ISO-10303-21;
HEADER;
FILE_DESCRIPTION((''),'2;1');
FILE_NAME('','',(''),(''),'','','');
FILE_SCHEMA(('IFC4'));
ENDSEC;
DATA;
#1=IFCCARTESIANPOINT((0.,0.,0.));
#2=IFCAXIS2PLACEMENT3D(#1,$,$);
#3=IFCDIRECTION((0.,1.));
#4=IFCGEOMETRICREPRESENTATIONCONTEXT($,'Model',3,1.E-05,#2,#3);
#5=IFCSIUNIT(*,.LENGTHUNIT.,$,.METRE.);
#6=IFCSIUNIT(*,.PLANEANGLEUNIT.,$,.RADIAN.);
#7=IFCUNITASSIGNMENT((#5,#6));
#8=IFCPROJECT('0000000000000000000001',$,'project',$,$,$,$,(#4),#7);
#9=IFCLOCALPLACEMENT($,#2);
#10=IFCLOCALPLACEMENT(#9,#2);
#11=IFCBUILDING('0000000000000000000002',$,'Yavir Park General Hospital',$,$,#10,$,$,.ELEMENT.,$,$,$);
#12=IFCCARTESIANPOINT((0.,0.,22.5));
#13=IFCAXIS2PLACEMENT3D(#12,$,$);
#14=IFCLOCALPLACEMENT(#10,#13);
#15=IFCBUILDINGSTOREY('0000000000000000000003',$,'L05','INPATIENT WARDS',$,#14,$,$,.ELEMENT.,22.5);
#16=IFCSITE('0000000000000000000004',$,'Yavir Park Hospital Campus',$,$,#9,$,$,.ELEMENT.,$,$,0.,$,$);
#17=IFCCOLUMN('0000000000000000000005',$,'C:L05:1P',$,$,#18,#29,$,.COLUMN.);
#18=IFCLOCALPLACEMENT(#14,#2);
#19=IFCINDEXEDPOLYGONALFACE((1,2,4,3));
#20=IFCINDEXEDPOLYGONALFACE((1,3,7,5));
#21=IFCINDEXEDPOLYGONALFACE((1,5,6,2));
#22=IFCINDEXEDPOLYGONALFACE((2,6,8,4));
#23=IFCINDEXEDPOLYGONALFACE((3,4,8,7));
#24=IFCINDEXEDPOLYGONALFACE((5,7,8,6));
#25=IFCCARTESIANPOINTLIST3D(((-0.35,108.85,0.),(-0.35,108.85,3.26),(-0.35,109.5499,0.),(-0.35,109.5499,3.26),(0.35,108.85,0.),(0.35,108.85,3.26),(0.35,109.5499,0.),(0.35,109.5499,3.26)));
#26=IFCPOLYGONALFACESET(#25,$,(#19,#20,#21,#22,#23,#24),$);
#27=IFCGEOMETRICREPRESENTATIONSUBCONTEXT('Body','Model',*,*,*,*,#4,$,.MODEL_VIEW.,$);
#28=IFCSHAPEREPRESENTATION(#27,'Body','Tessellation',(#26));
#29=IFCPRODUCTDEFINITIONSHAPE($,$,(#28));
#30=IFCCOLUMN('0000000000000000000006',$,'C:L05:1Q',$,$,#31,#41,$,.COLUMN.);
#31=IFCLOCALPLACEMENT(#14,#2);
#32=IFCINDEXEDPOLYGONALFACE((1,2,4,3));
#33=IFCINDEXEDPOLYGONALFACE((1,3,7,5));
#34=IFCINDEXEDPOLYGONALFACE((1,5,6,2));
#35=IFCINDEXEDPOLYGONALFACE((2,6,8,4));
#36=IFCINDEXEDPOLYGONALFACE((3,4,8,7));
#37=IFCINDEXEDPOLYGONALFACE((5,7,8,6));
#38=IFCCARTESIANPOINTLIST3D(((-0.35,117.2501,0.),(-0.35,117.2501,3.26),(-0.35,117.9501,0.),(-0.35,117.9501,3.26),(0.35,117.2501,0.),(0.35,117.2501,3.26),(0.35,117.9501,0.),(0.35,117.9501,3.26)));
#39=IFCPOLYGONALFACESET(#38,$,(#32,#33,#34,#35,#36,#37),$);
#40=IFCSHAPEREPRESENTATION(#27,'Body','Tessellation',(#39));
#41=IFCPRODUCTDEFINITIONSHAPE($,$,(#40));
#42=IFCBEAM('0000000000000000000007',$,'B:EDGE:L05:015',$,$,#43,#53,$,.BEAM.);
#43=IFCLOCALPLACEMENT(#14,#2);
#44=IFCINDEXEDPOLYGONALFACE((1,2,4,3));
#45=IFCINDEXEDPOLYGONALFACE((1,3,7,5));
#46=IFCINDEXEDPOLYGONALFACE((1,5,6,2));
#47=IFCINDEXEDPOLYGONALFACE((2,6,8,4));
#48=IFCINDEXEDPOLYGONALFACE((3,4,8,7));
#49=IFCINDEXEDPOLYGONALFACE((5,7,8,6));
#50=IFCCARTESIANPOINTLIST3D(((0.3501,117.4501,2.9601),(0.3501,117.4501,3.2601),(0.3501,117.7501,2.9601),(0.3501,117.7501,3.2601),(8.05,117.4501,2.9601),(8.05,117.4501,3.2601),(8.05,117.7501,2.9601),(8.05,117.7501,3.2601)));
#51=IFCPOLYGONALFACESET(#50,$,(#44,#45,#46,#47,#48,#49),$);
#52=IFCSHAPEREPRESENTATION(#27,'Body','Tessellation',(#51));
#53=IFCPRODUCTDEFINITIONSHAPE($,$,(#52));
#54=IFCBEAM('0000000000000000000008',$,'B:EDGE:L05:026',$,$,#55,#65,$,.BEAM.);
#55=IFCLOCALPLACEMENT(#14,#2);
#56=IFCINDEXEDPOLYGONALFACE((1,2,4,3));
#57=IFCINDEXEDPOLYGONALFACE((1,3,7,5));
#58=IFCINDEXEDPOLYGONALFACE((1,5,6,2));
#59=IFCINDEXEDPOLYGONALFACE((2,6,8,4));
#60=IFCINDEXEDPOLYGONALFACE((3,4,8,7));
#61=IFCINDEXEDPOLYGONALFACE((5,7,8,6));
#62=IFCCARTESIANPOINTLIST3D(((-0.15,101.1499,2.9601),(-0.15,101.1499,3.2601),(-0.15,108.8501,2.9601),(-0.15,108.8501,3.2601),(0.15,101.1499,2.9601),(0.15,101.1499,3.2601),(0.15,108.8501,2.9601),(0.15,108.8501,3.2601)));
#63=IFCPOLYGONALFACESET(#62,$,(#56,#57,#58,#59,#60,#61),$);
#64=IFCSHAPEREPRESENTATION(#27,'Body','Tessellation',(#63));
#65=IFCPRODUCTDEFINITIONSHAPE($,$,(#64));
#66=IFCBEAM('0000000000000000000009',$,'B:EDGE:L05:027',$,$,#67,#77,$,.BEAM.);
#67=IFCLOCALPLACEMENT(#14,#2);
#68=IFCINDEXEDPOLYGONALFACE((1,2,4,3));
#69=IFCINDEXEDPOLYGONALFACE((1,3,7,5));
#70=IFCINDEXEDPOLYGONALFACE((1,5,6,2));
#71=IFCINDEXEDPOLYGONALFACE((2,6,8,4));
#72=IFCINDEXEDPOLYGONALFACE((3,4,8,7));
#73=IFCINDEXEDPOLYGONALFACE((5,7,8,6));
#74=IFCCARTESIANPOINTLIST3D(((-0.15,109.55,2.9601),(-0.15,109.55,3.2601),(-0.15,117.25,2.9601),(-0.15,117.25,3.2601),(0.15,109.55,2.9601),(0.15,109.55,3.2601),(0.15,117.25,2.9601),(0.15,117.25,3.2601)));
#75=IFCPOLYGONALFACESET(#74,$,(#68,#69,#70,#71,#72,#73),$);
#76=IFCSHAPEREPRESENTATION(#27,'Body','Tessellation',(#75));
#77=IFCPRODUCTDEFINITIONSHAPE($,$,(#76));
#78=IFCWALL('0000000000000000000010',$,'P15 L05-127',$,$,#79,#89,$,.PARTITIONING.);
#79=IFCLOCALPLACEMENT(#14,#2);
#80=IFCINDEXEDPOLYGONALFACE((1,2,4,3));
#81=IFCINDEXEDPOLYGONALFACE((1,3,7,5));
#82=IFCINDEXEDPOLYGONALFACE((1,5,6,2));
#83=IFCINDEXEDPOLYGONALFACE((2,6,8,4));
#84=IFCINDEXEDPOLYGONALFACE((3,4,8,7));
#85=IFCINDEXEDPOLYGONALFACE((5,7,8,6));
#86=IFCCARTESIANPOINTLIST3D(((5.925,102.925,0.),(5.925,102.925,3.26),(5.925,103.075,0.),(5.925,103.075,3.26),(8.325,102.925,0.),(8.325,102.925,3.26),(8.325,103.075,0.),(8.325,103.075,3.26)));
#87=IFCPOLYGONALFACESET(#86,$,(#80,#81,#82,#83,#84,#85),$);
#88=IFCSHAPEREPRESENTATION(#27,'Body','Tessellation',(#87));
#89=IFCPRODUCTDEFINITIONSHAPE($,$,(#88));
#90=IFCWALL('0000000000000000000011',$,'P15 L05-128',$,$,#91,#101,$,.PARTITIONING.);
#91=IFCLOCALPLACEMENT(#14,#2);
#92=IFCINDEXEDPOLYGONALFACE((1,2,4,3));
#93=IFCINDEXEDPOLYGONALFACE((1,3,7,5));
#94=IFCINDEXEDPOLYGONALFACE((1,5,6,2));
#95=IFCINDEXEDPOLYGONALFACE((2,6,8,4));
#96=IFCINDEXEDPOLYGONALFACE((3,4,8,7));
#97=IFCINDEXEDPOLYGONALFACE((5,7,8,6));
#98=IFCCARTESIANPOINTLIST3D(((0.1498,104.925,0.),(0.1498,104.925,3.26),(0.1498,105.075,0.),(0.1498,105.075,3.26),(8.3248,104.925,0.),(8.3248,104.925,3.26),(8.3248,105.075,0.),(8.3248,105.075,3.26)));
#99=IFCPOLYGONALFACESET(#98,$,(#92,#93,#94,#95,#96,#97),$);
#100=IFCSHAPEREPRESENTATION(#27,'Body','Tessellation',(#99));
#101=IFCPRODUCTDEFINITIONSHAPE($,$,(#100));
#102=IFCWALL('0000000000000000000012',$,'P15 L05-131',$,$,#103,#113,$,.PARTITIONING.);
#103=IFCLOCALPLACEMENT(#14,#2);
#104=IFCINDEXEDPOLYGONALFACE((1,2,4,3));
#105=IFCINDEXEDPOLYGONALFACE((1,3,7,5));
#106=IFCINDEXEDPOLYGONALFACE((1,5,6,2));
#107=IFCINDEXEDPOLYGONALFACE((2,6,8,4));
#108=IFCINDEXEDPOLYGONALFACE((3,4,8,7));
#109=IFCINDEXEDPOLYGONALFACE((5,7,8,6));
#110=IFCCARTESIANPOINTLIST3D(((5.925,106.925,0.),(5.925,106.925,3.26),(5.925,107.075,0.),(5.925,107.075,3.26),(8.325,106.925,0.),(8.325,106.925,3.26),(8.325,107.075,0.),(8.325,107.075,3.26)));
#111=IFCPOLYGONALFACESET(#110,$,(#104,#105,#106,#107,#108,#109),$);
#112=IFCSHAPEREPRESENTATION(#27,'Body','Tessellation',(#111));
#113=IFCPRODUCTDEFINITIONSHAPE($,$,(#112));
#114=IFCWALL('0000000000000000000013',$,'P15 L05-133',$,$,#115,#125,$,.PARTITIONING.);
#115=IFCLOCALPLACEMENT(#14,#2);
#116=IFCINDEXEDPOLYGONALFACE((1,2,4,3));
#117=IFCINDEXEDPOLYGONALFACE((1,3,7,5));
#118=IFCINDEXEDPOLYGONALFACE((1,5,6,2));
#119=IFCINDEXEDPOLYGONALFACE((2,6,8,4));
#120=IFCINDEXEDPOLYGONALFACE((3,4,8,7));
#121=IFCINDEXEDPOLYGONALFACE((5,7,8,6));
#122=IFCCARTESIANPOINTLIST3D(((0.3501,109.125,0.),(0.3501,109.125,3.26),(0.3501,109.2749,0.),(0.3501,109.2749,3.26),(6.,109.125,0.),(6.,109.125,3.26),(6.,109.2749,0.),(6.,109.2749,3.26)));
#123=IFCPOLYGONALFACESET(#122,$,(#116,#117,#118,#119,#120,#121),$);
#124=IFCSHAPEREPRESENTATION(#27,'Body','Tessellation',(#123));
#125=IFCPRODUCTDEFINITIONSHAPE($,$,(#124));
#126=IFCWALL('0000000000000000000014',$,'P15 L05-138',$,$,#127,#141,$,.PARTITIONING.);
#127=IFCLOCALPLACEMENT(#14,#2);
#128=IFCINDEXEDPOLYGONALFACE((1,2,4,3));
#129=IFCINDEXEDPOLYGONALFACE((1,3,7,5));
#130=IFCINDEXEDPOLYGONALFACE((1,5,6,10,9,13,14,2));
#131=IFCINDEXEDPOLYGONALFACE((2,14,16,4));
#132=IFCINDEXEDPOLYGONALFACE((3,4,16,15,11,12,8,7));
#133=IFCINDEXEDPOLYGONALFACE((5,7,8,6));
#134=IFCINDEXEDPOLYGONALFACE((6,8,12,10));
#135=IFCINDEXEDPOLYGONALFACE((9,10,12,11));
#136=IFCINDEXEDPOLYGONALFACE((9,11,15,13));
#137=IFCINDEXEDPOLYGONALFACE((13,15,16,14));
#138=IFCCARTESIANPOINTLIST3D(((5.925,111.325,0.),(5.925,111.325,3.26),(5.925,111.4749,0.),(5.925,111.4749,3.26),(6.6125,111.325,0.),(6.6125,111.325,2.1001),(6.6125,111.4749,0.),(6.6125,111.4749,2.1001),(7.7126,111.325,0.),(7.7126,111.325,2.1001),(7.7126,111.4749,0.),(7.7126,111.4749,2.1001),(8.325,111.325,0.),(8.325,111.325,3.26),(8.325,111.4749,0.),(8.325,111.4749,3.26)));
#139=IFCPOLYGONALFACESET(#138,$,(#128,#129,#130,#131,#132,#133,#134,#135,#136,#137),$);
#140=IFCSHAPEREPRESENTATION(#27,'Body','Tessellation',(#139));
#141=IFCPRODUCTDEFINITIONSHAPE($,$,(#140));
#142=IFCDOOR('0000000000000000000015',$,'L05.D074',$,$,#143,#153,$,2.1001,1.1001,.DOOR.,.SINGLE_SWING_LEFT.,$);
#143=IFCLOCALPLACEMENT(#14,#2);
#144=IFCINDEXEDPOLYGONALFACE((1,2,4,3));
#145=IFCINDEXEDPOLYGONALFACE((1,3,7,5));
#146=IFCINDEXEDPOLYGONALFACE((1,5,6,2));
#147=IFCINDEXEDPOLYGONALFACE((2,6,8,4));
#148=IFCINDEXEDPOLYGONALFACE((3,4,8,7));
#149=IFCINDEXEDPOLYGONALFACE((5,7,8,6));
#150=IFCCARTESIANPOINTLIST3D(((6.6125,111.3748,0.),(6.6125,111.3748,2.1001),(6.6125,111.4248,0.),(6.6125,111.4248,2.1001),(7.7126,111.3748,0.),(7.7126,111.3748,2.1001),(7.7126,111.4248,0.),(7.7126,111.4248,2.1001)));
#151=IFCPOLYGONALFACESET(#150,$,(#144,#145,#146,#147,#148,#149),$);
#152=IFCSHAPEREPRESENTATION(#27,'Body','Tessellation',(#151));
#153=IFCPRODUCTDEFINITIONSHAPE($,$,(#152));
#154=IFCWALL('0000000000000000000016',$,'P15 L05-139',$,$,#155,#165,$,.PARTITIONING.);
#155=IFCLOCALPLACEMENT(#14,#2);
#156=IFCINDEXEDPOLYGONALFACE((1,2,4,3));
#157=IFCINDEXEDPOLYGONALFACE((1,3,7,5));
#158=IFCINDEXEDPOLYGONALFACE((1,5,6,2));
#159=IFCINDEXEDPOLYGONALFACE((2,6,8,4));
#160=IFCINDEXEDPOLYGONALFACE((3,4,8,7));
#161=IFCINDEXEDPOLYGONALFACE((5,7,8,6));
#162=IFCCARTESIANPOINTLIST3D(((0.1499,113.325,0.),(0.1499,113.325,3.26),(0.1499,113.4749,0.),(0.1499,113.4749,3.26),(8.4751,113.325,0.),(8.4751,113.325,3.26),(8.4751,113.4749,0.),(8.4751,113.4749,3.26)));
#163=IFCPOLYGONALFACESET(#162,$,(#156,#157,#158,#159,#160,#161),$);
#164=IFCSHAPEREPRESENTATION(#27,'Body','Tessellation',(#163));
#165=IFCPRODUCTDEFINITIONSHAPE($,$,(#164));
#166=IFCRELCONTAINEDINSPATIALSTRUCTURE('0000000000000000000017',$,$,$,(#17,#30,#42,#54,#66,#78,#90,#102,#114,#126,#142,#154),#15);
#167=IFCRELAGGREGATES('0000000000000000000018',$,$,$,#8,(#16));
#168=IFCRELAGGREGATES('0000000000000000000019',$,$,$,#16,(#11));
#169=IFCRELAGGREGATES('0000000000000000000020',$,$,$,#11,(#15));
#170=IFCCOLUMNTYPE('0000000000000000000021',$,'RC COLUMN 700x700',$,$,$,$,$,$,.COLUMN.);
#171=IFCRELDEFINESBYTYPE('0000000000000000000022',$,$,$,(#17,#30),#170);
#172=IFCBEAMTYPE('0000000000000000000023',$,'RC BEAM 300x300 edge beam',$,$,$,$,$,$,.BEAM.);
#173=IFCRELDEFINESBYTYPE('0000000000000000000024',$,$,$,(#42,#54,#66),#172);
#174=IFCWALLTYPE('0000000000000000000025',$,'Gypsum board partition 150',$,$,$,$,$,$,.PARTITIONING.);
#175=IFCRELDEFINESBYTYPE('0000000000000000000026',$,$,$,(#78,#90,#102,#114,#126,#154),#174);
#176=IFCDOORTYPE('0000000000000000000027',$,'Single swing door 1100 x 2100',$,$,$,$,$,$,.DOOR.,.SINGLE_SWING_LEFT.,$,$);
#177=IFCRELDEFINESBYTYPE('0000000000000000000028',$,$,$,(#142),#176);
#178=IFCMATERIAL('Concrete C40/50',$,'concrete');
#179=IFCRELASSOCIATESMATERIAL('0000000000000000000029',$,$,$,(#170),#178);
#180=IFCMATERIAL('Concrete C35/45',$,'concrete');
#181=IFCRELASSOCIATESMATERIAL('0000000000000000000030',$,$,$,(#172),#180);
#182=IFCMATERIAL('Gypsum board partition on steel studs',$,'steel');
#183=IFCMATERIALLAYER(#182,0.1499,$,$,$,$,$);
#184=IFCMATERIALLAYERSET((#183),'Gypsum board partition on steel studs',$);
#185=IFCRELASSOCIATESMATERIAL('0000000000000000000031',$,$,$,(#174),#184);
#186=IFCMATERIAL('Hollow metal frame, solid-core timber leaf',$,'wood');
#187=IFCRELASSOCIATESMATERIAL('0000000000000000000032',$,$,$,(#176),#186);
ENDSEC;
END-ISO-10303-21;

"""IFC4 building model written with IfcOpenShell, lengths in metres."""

from ifc_helpers import new_model, si_unit, direction, frame, frame_2d, origin, origin_2d, place, context, subcontext, project, spatial, rectangle, extrude, material, layer, layer_set, material_profile, profile_set, type_object, element, fill, save


model = new_model("IFC4")

# Units and contexts
model_context = context("Model", 3, precision=1e-05, world=origin(), true_north=direction((0.0, 1.0)))
body_context = subcontext(model_context, "Body", "Model", "MODEL_VIEW")
ifc_project = project(units=[si_unit("LENGTHUNIT", "METRE"), si_unit("PLANEANGLEUNIT", "RADIAN")], contexts=[model_context])

# Site, building, storey
site_placement = place(None, origin())
site = spatial("IfcSite", under=ifc_project, at=site_placement, Name="Yavir Park Hospital Campus", CompositionType="ELEMENT", RefElevation=0.0)
building_placement = place(site_placement, origin())
building = spatial("IfcBuilding", under=site, at=building_placement, Name="Yavir Park General Hospital", CompositionType="ELEMENT")
storey_placement = place(building_placement, frame((0.0, 0.0, 22.5)))
storey = spatial("IfcBuildingStorey", under=building, at=storey_placement, Name="L05", Description="INPATIENT WARDS", CompositionType="ELEMENT", Elevation=22.5)

# Columns
ifc_material_1 = material(Name="Concrete C40/50", Category="concrete")
ifc_material_profile_1 = material_profile(ifc_material_1, rectangle(XDim=0.7, YDim=0.7, at=origin_2d()), Name="RC700x700")
ifc_profile_set_1 = profile_set([ifc_material_profile_1], Name="Concrete C40/50")
column_type = type_object("IfcColumnType", Name="RC COLUMN 700x700", PredefinedType="COLUMN", material=ifc_profile_set_1)
for number, where, z_axis, x_axis, name in (
    (1, (0.0, 109.2, 0.0), (0.0, 0.0, 1.0), (1.0, 0.0, 0.0), "C:L05:1P"),
    (2, (0.0, 117.6001, 0.0), (0.0, 0.0, 1.0), (1.0, 0.0, 0.0), "C:L05:1Q"),
):
    element("IfcColumn", number, at=place(storey_placement, frame(where, z_axis=z_axis, x_axis=x_axis)), inside=storey, type_object=column_type, Name=name, PredefinedType="COLUMN", context=body_context, shape_type="SweptSolid", body=[
        extrude(rectangle(XDim=0.7, YDim=0.7, at=origin_2d()), origin(), (0.0, 0.0, 1.0), 3.26),
    ])

# Beams
ifc_material_2 = material(Name="Concrete C35/45", Category="concrete")
ifc_material_profile_2 = material_profile(ifc_material_2, rectangle(XDim=0.3, YDim=0.3, at=origin_2d()), Name="RC300x300")
ifc_profile_set_2 = profile_set([ifc_material_profile_2], Name="Concrete C35/45")
beam_type = type_object("IfcBeamType", Name="RC BEAM 300x300 edge beam", PredefinedType="BEAM", material=ifc_profile_set_2)
beam_1_placement = place(storey_placement, frame((0.3501, 117.6001, 3.1101), z_axis=(1.0, 0.0, 0.0), x_axis=(0.0, 1.0, 0.0)))
element("IfcBeam", 3, at=beam_1_placement, inside=storey, type_object=beam_type, Name="B:EDGE:L05:015", PredefinedType="BEAM", context=body_context, shape_type="SweptSolid", body=[
    extrude(rectangle(XDim=0.3, YDim=0.3, at=origin_2d()), origin(), (0.0, 0.0, 1.0), 7.7),
])
beam_2_placement = place(storey_placement, frame((0.0, 101.1499, 3.1101), z_axis=(0.0, 1.0, 0.0), x_axis=(-1.0, 0.0, 0.0)))
element("IfcBeam", 4, at=beam_2_placement, inside=storey, type_object=beam_type, Name="B:EDGE:L05:026", PredefinedType="BEAM", context=body_context, shape_type="SweptSolid", body=[
    extrude(rectangle(XDim=0.3, YDim=0.3, at=origin_2d()), origin(), (0.0, 0.0, 1.0), 7.7002),
])
beam_3_placement = place(storey_placement, frame((0.0, 109.55, 3.1101), z_axis=(0.0, 1.0, 0.0), x_axis=(-1.0, 0.0, 0.0)))
element("IfcBeam", 5, at=beam_3_placement, inside=storey, type_object=beam_type, Name="B:EDGE:L05:027", PredefinedType="BEAM", context=body_context, shape_type="SweptSolid", body=[
    extrude(rectangle(XDim=0.3, YDim=0.3, at=origin_2d()), origin(), (0.0, 0.0, 1.0), 7.7),
])

# Walls
ifc_material_3 = material(Name="Gypsum board partition on steel studs", Category="steel")
ifc_layer_1 = layer(ifc_material_3, 0.1499)
ifc_layer_set_1 = layer_set([ifc_layer_1], Name="Gypsum board partition on steel studs")
wall_type_1 = type_object("IfcWallType", Name="Gypsum board partition 150", PredefinedType="PARTITIONING", material=ifc_layer_set_1)
wall_1_placement = place(storey_placement, frame((5.925, 103.0, 0.0), z_axis=(0.0, 0.0, 1.0), x_axis=(1.0, 0.0, 0.0)))
element("IfcWall", 6, at=wall_1_placement, inside=storey, type_object=wall_type_1, Name="P15 L05-127", PredefinedType="PARTITIONING", context=body_context, shape_type="SweptSolid", body=[
    extrude(rectangle(XDim=2.3999, YDim=0.1499, at=frame_2d((1.2, 0.0))), origin(), (0.0, 0.0, 1.0), 3.26),
])
wall_2_placement = place(storey_placement, frame((0.1499, 105.0, 0.0), z_axis=(0.0, 0.0, 1.0), x_axis=(1.0, 0.0, 0.0)))
element("IfcWall", 7, at=wall_2_placement, inside=storey, type_object=wall_type_1, Name="P15 L05-128", PredefinedType="PARTITIONING", context=body_context, shape_type="SweptSolid", body=[
    extrude(rectangle(XDim=8.175, YDim=0.1499, at=frame_2d((4.0874, 0.0))), origin(), (0.0, 0.0, 1.0), 3.26),
])
wall_3_placement = place(storey_placement, frame((5.925, 107.0, 0.0), z_axis=(0.0, 0.0, 1.0), x_axis=(1.0, 0.0, 0.0)))
element("IfcWall", 8, at=wall_3_placement, inside=storey, type_object=wall_type_1, Name="P15 L05-131", PredefinedType="PARTITIONING", context=body_context, shape_type="SweptSolid", body=[
    extrude(rectangle(XDim=2.3999, YDim=0.1499, at=frame_2d((1.2, 0.0))), origin(), (0.0, 0.0, 1.0), 3.26),
])
wall_4_placement = place(storey_placement, frame((0.3501, 109.2, 0.0), z_axis=(0.0, 0.0, 1.0), x_axis=(1.0, 0.0, 0.0)))
element("IfcWall", 9, at=wall_4_placement, inside=storey, type_object=wall_type_1, Name="P15 L05-133", PredefinedType="PARTITIONING", context=body_context, shape_type="SweptSolid", body=[
    extrude(rectangle(XDim=5.6499, YDim=0.1499, at=frame_2d((2.825, 0.0))), origin(), (0.0, 0.0, 1.0), 3.26),
])

# Wall, opening, door
wall_5_placement = place(storey_placement, frame((5.925, 111.3999, 0.0), z_axis=(0.0, 0.0, 1.0), x_axis=(1.0, 0.0, 0.0)))
wall_5 = element("IfcWall", 10, at=wall_5_placement, inside=storey, type_object=wall_type_1, Name="P15 L05-138", PredefinedType="PARTITIONING", context=body_context, shape_type="SweptSolid", body=[
    extrude(rectangle(XDim=2.3999, YDim=0.1499, at=frame_2d((1.2, 0.0))), origin(), (0.0, 0.0, 1.0), 3.26),
])
opening_1_placement = place(wall_5_placement, frame((0.6875, 0.0, 0.0)))
opening_1 = element("IfcOpeningElement", 11, at=opening_1_placement, cuts=wall_5, PredefinedType="OPENING", context=body_context, shape_type="SweptSolid", body=[
    extrude(rectangle(XDim=1.1001, YDim=2.1001, at=frame_2d((0.55, 1.05))), frame((0.0, 0.085, 0.0), z_axis=(0.0, -1.0, 0.0), x_axis=(1.0, 0.0, 0.0)), (0.0, 0.0, 1.0), 0.1699),
])
ifc_material_4 = material(Name="Hollow metal frame, solid-core timber leaf", Category="wood")
door_type = type_object("IfcDoorType", Name="Single swing door 1100 x 2100", OperationType="SINGLE_SWING_LEFT", PredefinedType="DOOR", material=ifc_material_4)
door_1_placement = place(opening_1_placement, origin())
door_1 = element("IfcDoor", 12, at=door_1_placement, inside=storey, type_object=door_type, Name="L05.D074", OperationType="SINGLE_SWING_LEFT", OverallHeight=2.1001, OverallWidth=1.1001, PredefinedType="DOOR", context=body_context, shape_type="SweptSolid", body=[
    extrude(rectangle(XDim=1.1001, YDim=2.1001, at=frame_2d((0.55, 1.05))), frame((0.0, 0.0249, 0.0), z_axis=(0.0, -1.0, 0.0), x_axis=(1.0, 0.0, 0.0)), (0.0, 0.0, 1.0), 0.05),
])
fill(opening_1, door_1)

# Wall
wall_6_placement = place(storey_placement, frame((0.1499, 113.3999, 0.0), z_axis=(0.0, 0.0, 1.0), x_axis=(1.0, 0.0, 0.0)))
element("IfcWall", 13, at=wall_6_placement, inside=storey, type_object=wall_type_1, Name="P15 L05-139", PredefinedType="PARTITIONING", context=body_context, shape_type="SweptSolid", body=[
    extrude(rectangle(XDim=8.3252, YDim=0.1499, at=frame_2d((4.1626, 0.0))), origin(), (0.0, 0.0, 1.0), 3.26),
])

save(model, "model.ifc")
